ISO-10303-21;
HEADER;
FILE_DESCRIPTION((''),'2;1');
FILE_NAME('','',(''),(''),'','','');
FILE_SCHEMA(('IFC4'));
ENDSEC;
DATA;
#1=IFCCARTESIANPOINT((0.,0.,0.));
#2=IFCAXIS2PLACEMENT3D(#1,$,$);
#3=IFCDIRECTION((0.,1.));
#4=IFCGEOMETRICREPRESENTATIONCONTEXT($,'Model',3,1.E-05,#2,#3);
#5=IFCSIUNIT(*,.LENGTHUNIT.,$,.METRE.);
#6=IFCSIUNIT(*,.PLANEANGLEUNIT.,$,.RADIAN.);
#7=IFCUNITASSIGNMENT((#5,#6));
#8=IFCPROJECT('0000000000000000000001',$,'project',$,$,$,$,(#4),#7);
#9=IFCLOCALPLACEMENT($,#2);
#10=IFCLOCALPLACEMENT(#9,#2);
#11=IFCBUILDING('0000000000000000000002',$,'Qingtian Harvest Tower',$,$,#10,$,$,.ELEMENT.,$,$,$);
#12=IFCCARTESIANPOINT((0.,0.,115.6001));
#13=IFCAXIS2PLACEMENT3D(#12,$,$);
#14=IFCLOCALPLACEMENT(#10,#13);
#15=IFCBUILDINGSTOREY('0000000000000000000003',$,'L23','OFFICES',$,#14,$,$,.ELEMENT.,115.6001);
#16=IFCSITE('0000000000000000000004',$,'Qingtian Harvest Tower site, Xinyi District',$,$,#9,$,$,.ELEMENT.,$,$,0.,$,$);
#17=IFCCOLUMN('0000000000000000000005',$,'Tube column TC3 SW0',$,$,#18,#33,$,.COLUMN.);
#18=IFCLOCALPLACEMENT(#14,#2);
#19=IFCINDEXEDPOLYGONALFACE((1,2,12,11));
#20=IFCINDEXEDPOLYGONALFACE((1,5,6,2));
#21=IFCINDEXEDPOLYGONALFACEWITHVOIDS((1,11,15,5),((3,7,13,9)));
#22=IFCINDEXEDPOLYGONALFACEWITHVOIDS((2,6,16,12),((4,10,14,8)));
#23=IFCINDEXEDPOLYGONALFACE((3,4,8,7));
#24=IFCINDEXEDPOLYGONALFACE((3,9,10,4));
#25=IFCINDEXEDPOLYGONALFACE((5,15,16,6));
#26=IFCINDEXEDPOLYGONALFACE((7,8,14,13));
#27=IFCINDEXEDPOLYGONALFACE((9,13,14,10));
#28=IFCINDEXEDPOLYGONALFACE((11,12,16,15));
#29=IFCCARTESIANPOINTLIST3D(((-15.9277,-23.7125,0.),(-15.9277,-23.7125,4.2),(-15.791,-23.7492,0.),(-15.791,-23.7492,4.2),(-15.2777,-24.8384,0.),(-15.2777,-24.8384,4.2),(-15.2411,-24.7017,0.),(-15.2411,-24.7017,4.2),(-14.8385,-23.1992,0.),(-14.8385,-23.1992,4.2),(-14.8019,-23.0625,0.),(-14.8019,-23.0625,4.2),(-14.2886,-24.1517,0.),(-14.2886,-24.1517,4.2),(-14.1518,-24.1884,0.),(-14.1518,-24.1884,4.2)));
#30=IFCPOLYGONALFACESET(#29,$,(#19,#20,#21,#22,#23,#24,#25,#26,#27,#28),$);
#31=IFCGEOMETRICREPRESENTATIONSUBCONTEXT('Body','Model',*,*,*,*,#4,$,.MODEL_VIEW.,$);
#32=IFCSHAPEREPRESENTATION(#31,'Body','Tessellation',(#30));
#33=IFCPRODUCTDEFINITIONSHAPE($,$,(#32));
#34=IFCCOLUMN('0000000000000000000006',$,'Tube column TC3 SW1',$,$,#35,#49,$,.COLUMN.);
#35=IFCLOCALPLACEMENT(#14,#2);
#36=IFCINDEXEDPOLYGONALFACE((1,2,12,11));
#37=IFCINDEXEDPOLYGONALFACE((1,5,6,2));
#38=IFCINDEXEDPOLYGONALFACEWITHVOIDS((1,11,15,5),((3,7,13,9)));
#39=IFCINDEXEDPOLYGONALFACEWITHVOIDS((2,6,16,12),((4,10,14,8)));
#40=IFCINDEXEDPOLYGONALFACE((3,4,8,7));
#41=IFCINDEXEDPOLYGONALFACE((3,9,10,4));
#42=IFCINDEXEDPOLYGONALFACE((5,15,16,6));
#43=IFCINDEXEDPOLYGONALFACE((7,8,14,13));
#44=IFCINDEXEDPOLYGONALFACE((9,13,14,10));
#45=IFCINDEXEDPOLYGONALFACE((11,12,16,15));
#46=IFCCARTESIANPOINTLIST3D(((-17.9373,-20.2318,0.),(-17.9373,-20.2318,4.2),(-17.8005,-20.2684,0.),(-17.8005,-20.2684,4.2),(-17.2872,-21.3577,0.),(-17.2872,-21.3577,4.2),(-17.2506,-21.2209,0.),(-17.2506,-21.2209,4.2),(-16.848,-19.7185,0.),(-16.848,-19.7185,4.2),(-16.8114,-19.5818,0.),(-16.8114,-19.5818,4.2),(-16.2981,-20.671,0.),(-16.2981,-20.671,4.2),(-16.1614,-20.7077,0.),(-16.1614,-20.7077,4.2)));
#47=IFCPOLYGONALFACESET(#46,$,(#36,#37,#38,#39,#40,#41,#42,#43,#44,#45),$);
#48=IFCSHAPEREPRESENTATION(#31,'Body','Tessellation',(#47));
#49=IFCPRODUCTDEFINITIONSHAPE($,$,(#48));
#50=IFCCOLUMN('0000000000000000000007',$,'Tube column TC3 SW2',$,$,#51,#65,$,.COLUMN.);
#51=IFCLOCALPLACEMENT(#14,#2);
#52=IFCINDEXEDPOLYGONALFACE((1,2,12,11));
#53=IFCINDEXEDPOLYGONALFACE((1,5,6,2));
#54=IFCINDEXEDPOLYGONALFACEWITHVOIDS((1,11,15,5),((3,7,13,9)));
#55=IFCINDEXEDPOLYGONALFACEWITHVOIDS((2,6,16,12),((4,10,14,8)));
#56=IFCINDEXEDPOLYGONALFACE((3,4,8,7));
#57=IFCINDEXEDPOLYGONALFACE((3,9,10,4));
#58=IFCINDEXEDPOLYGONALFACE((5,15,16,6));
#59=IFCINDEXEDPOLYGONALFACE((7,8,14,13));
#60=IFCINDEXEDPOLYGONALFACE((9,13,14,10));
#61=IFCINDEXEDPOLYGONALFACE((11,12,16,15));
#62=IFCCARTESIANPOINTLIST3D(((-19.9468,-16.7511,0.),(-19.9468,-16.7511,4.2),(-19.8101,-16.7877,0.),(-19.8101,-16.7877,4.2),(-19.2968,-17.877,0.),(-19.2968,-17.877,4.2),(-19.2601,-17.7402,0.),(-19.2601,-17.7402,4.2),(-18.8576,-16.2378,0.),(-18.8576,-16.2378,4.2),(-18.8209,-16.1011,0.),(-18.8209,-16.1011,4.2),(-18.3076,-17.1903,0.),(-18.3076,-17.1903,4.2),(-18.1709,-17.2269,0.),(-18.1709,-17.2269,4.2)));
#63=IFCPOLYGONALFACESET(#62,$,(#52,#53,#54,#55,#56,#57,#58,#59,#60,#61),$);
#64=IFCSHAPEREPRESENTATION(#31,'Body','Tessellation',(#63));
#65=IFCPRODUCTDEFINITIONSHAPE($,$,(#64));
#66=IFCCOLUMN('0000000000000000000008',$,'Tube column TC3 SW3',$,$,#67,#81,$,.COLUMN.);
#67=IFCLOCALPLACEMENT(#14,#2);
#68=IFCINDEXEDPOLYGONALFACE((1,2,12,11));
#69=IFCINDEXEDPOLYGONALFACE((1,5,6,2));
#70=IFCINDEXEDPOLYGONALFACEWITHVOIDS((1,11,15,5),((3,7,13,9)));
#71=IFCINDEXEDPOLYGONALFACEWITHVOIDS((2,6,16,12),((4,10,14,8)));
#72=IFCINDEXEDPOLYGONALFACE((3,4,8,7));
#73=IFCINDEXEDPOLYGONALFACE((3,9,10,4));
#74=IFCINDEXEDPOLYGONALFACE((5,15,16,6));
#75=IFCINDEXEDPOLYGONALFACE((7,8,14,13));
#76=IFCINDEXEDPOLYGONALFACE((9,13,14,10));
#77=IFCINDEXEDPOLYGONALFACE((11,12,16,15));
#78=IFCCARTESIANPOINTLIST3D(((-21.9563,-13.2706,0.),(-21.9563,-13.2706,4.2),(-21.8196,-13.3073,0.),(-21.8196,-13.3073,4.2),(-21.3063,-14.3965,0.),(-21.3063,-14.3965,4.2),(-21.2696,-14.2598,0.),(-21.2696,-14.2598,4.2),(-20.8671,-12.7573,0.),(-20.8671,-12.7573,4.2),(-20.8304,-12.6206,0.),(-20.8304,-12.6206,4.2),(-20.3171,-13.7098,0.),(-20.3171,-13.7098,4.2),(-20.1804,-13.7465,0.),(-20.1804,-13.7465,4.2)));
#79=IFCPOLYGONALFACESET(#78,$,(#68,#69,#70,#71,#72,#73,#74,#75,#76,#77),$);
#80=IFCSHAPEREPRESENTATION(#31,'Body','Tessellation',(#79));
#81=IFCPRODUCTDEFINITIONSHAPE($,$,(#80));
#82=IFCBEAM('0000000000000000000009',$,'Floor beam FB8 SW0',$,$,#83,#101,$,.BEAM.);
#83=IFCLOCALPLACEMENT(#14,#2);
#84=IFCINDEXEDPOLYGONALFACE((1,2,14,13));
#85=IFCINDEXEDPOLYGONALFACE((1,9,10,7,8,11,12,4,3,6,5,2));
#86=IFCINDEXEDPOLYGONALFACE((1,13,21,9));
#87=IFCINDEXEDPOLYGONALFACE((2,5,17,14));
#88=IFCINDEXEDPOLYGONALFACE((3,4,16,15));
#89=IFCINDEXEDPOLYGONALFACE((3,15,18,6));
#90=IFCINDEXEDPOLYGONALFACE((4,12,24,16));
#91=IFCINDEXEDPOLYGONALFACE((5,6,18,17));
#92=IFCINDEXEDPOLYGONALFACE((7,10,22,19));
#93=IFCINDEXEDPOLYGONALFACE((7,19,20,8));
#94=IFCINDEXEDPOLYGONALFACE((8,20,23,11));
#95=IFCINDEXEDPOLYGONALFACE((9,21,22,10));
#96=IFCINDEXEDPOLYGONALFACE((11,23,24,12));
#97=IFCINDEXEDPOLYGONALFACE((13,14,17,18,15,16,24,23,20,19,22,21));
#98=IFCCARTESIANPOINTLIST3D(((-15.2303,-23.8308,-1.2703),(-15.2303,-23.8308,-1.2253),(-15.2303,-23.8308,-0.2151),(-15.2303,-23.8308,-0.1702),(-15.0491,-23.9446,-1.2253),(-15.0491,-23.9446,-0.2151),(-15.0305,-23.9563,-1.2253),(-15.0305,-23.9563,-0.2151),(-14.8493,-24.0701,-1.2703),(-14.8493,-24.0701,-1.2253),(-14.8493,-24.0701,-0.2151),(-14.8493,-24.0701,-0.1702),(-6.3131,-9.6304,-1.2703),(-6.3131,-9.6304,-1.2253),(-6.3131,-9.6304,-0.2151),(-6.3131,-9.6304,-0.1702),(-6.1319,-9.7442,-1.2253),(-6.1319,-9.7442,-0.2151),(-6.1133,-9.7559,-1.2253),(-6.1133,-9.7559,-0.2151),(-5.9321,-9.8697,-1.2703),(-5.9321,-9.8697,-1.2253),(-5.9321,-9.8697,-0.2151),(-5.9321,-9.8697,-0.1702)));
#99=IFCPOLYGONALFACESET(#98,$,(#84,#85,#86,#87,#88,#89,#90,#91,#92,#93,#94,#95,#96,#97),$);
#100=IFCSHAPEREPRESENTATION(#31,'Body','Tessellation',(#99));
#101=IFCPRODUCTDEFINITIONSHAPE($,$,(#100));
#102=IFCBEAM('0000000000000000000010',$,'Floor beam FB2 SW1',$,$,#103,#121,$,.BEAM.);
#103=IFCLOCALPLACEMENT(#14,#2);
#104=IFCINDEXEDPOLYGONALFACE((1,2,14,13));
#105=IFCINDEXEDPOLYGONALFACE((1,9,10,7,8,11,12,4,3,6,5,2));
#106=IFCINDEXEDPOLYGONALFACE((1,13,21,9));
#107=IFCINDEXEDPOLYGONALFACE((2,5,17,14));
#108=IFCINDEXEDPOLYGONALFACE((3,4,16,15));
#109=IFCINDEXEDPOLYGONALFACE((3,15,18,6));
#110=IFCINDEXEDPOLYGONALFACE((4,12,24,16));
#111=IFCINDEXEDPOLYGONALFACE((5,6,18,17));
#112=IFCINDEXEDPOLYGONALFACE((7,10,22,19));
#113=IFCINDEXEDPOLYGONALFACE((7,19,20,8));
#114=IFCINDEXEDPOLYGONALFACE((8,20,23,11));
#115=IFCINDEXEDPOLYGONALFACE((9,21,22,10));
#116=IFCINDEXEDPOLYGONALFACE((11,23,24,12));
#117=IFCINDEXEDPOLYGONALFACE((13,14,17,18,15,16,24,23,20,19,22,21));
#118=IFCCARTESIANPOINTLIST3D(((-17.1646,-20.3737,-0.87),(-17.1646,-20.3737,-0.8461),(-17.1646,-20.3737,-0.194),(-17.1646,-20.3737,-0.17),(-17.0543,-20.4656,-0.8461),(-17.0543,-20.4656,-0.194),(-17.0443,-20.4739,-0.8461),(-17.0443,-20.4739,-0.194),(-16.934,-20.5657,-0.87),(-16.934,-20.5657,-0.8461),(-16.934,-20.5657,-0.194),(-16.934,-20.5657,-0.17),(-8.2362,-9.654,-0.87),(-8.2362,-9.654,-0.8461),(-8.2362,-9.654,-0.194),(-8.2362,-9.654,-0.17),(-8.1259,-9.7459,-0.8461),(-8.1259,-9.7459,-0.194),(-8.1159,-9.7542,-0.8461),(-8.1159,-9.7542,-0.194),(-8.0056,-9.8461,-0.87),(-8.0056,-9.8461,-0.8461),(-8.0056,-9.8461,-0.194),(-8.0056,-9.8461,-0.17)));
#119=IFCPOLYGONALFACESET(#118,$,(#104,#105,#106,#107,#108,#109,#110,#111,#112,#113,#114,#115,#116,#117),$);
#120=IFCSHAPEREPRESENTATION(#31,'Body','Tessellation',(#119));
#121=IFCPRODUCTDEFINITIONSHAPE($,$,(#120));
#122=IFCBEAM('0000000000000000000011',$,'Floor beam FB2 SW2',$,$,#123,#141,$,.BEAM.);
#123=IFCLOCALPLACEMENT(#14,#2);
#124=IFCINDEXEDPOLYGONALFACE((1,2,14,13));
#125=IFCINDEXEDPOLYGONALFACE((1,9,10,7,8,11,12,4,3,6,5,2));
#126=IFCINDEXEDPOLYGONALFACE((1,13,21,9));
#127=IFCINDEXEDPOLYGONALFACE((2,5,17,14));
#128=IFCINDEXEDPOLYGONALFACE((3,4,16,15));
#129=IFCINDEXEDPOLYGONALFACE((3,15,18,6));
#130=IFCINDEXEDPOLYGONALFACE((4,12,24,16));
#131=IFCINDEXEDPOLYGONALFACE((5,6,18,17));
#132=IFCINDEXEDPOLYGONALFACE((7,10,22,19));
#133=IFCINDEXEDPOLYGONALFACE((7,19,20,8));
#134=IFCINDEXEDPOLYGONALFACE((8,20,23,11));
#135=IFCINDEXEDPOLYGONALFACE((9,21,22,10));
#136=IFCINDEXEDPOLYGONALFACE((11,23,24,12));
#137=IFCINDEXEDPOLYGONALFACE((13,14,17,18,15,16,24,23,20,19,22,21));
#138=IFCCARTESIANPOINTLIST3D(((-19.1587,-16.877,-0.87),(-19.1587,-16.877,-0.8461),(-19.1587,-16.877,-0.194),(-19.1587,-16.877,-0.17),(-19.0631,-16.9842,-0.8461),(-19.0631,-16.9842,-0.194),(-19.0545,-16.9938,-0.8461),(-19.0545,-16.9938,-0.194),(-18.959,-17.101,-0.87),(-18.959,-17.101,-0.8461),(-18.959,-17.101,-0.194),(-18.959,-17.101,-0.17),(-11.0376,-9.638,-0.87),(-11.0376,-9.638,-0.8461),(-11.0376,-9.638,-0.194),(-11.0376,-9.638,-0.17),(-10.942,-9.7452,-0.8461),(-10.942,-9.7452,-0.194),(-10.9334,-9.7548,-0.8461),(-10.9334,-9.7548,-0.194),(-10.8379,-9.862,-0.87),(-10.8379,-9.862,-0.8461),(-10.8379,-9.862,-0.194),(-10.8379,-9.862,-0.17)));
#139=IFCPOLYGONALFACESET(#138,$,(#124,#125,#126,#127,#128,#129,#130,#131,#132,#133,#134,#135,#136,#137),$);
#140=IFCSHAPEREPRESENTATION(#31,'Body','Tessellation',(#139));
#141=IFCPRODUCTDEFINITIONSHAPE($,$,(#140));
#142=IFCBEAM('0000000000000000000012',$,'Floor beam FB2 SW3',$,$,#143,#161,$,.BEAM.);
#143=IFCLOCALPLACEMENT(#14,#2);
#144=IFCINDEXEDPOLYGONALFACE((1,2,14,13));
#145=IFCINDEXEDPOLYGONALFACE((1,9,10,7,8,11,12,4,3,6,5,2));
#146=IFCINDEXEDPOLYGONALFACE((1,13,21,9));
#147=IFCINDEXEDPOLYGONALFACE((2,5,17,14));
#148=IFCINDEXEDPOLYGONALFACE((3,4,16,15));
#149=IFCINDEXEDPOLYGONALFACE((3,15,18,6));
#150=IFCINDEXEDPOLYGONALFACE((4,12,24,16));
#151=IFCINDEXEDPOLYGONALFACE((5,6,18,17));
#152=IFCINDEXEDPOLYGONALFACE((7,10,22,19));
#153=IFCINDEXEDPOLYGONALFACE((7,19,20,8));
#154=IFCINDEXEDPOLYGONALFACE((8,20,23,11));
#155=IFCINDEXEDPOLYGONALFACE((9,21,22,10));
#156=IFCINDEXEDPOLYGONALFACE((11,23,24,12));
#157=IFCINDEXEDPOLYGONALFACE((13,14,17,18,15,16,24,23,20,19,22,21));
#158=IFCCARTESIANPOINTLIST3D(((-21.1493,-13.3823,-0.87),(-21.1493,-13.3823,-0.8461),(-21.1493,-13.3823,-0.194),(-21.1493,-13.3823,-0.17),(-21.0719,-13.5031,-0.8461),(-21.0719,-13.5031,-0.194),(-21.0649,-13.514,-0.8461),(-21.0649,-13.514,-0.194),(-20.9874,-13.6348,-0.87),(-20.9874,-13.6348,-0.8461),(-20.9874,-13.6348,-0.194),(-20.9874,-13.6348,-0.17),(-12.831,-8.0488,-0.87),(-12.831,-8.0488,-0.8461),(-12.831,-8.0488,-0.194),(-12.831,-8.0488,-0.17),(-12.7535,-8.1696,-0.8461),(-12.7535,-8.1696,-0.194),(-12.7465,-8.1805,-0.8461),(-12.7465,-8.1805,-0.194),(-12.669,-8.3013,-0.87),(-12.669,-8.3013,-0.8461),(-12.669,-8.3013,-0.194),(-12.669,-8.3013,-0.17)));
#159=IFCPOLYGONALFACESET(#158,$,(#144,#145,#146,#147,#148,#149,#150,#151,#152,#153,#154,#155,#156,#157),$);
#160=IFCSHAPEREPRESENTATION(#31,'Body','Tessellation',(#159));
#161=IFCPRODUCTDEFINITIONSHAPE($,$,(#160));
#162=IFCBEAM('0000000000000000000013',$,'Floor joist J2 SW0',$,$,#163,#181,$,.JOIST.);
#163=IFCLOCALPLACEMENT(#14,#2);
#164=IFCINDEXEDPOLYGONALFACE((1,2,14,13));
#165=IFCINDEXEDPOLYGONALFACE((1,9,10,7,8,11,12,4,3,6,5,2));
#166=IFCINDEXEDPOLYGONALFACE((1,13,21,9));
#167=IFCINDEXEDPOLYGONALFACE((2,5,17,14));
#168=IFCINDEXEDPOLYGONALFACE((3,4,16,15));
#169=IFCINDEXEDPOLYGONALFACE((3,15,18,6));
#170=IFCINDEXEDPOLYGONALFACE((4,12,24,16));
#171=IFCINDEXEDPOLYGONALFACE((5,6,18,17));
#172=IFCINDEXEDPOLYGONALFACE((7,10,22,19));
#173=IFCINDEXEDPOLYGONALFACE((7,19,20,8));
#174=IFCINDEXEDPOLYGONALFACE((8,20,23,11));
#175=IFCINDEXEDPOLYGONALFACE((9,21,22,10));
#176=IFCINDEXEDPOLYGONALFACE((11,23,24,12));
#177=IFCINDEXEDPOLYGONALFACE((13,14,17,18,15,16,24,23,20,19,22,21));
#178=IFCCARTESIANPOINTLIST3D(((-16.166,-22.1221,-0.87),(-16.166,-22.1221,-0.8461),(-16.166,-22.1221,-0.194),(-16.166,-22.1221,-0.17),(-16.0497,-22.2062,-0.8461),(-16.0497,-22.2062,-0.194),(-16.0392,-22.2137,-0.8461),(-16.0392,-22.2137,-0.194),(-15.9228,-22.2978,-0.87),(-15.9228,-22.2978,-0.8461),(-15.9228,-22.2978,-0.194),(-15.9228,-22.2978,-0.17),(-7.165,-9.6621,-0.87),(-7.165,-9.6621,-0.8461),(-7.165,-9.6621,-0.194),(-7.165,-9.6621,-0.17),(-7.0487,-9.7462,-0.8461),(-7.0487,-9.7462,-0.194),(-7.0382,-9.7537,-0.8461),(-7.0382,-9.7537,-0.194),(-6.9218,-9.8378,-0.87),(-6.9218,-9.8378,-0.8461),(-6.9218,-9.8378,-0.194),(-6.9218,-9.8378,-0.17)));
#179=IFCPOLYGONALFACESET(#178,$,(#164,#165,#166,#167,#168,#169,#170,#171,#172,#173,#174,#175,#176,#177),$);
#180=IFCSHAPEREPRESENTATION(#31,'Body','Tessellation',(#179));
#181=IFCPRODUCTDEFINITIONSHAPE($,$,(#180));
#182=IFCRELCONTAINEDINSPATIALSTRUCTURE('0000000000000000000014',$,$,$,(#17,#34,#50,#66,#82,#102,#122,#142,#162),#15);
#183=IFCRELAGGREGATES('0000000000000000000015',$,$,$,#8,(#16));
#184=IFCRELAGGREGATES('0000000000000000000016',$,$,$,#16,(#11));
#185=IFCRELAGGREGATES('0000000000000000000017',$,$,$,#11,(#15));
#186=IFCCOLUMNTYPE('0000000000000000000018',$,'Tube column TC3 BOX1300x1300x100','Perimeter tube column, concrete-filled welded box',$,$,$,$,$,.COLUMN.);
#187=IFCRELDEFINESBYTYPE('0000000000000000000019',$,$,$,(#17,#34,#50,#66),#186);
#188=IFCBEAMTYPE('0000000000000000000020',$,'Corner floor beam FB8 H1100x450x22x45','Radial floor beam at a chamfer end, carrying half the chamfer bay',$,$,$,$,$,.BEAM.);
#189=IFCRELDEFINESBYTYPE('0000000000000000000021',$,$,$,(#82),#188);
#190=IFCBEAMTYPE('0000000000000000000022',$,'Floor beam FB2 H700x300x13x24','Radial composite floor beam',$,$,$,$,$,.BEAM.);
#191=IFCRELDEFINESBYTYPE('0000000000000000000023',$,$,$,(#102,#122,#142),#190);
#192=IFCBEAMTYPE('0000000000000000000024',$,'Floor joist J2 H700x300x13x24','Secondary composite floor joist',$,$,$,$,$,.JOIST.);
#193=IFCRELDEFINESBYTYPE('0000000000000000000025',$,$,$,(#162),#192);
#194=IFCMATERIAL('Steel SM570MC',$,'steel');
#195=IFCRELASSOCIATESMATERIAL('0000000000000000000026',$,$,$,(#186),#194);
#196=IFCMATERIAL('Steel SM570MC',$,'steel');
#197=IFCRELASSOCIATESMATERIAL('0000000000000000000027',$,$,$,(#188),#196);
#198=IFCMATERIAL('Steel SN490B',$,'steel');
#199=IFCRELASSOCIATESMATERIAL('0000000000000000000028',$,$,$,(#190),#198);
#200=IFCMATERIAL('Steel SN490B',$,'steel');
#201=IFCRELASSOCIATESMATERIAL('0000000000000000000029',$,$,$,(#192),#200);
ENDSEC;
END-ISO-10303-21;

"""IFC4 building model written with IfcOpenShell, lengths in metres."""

from ifc_helpers import new_model, si_unit, direction, frame, origin, origin_2d, place, context, subcontext, project, spatial, hollow_rectangle, i_section, extrude, material, material_profile, profile_set, type_object, element, save


model = new_model("IFC4")

# Units and contexts
model_context = context("Model", 3, precision=1e-05, world=origin(), true_north=direction((0.0, 1.0)))
body_context = subcontext(model_context, "Body", "Model", "MODEL_VIEW")
ifc_project = project(units=[si_unit("LENGTHUNIT", "METRE"), si_unit("PLANEANGLEUNIT", "RADIAN")], contexts=[model_context])

# Site, building, storey
site_placement = place(None, origin())
site = spatial("IfcSite", under=ifc_project, at=site_placement, Name="Qingtian Harvest Tower site, Xinyi District", CompositionType="ELEMENT", RefElevation=0.0)
building_placement = place(site_placement, origin())
building = spatial("IfcBuilding", under=site, at=building_placement, Name="Qingtian Harvest Tower", CompositionType="ELEMENT")
storey_placement = place(building_placement, frame((0.0, 0.0, 115.6001)))
storey = spatial("IfcBuildingStorey", under=building, at=storey_placement, Name="L23", Description="OFFICES", CompositionType="ELEMENT", Elevation=115.6001)

# Columns
ifc_material_1 = material(Name="Steel SM570MC", Category="steel")
ifc_material_profile_1 = material_profile(ifc_material_1, hollow_rectangle(XDim=1.3, YDim=1.3, WallThickness=0.1001, at=origin_2d()), Name="BOX1300x1300x100")
ifc_profile_set_1 = profile_set([ifc_material_profile_1], Name="Steel SM570MC")
column_type = type_object("IfcColumnType", Name="Tube column TC3 BOX1300x1300x100", Description="Perimeter tube column, concrete-filled welded box", PredefinedType="COLUMN", material=ifc_profile_set_1)
for number, where, z_axis, x_axis, name in (
    (1, (-15.0398, -23.9504, 0.0), (0.0, 0.0, 1.0), (0.5, -0.866025, 0.0), "Tube column TC3 SW0"),
    (2, (-17.0493, -20.4697, 0.0), (0.0, 0.0, 1.0), (0.5, -0.866025, 0.0), "Tube column TC3 SW1"),
    (3, (-19.0588, -16.989, 0.0), (0.0, 0.0, 1.0), (0.5, -0.866025, 0.0), "Tube column TC3 SW2"),
    (4, (-21.0684, -13.5085, 0.0), (0.0, 0.0, 1.0), (0.5, -0.866025, 0.0), "Tube column TC3 SW3"),
):
    element("IfcColumn", number, at=place(storey_placement, frame(where, z_axis=z_axis, x_axis=x_axis)), inside=storey, type_object=column_type, Name=name, PredefinedType="COLUMN", context=body_context, shape_type="SweptSolid", body=[
        extrude(hollow_rectangle(XDim=1.3, YDim=1.3, WallThickness=0.1001, at=origin_2d()), origin(), (0.0, 0.0, 1.0), 4.2),
    ])

# Beams
ifc_material_2 = material(Name="Steel SM570MC", Category="steel")
ifc_material_profile_2 = material_profile(ifc_material_2, i_section(OverallWidth=0.45, OverallDepth=1.1001, WebThickness=0.022, FlangeThickness=0.0449, at=origin_2d()), Name="H1100x450x22x45")
ifc_profile_set_2 = profile_set([ifc_material_profile_2], Name="Steel SM570MC")
beam_type_1 = type_object("IfcBeamType", Name="Corner floor beam FB8 H1100x450x22x45", Description="Radial floor beam at a chamfer end, carrying half the chamfer bay", PredefinedType="BEAM", material=ifc_profile_set_2)
beam_1_placement = place(storey_placement, frame((-15.0398, -23.9504, -0.7202), z_axis=(0.531797, 0.846872, 0.0), x_axis=(-0.846872, 0.531797, 0.0)))
element("IfcBeam", 5, at=beam_1_placement, inside=storey, type_object=beam_type_1, Name="Floor beam FB8 SW0", PredefinedType="BEAM", context=body_context, shape_type="SweptSolid", body=[
    extrude(i_section(OverallWidth=0.45, OverallDepth=1.1001, WebThickness=0.022, FlangeThickness=0.0449, at=origin_2d()), origin(), (0.0, 0.0, 1.0), 16.7681),
])
ifc_material_3 = material(Name="Steel SN490B", Category="steel")
ifc_material_profile_3 = material_profile(ifc_material_3, i_section(OverallWidth=0.3, OverallDepth=0.7, WebThickness=0.0129, FlangeThickness=0.0239, at=origin_2d()), Name="H700x300x13x24")
ifc_profile_set_3 = profile_set([ifc_material_profile_3], Name="Steel SN490B")
beam_type_2 = type_object("IfcBeamType", Name="Floor beam FB2 H700x300x13x24", Description="Radial composite floor beam", PredefinedType="BEAM", material=ifc_profile_set_3)
beam_2_placement = place(storey_placement, frame((-17.0493, -20.4697, -0.52), z_axis=(0.639988, 0.768385, 0.0), x_axis=(-0.768385, 0.639988, 0.0)))
element("IfcBeam", 6, at=beam_2_placement, inside=storey, type_object=beam_type_2, Name="Floor beam FB2 SW1", PredefinedType="BEAM", context=body_context, shape_type="SweptSolid", body=[
    extrude(i_section(OverallWidth=0.3, OverallDepth=0.7, WebThickness=0.0129, FlangeThickness=0.0239, at=origin_2d()), origin(), (0.0, 0.0, 1.0), 13.9509),
])
beam_3_placement = place(storey_placement, frame((-19.0588, -16.989, -0.52), z_axis=(0.746484, 0.665404, 0.0), x_axis=(-0.665404, 0.746484, 0.0)))
element("IfcBeam", 7, at=beam_3_placement, inside=storey, type_object=beam_type_2, Name="Floor beam FB2 SW2", PredefinedType="BEAM", context=body_context, shape_type="SweptSolid", body=[
    extrude(i_section(OverallWidth=0.3, OverallDepth=0.7, WebThickness=0.0129, FlangeThickness=0.0239, at=origin_2d()), origin(), (0.0, 0.0, 1.0), 10.8792),
])
beam_4_placement = place(storey_placement, frame((-21.0684, -13.5085, -0.52), z_axis=(0.841823, 0.539753, 0.0), x_axis=(-0.539753, 0.841823, 0.0)))
element("IfcBeam", 8, at=beam_4_placement, inside=storey, type_object=beam_type_2, Name="Floor beam FB2 SW3", PredefinedType="BEAM", context=body_context, shape_type="SweptSolid", body=[
    extrude(i_section(OverallWidth=0.3, OverallDepth=0.7, WebThickness=0.0129, FlangeThickness=0.0239, at=origin_2d()), origin(), (0.0, 0.0, 1.0), 9.8813),
])
ifc_material_4 = material(Name="Steel SN490B", Category="steel")
ifc_material_profile_4 = material_profile(ifc_material_4, i_section(OverallWidth=0.3, OverallDepth=0.7, WebThickness=0.0129, FlangeThickness=0.0239, at=origin_2d()), Name="H700x300x13x24")
ifc_profile_set_4 = profile_set([ifc_material_profile_4], Name="Steel SN490B")
beam_type_3 = type_object("IfcBeamType", Name="Floor joist J2 H700x300x13x24", Description="Secondary composite floor joist", PredefinedType="JOIST", material=ifc_profile_set_4)
beam_5_placement = place(storey_placement, frame((-16.0444, -22.21, -0.52), z_axis=(0.585581, 0.810614, 0.0), x_axis=(-0.810614, 0.585581, 0.0)))
element("IfcBeam", 9, at=beam_5_placement, inside=storey, type_object=beam_type_3, Name="Floor joist J2 SW0", PredefinedType="JOIST", context=body_context, shape_type="SweptSolid", body=[
    extrude(i_section(OverallWidth=0.3, OverallDepth=0.7, WebThickness=0.0129, FlangeThickness=0.0239, at=origin_2d()), origin(), (0.0, 0.0, 1.0), 15.3711),
])

save(model, "model.ifc")
